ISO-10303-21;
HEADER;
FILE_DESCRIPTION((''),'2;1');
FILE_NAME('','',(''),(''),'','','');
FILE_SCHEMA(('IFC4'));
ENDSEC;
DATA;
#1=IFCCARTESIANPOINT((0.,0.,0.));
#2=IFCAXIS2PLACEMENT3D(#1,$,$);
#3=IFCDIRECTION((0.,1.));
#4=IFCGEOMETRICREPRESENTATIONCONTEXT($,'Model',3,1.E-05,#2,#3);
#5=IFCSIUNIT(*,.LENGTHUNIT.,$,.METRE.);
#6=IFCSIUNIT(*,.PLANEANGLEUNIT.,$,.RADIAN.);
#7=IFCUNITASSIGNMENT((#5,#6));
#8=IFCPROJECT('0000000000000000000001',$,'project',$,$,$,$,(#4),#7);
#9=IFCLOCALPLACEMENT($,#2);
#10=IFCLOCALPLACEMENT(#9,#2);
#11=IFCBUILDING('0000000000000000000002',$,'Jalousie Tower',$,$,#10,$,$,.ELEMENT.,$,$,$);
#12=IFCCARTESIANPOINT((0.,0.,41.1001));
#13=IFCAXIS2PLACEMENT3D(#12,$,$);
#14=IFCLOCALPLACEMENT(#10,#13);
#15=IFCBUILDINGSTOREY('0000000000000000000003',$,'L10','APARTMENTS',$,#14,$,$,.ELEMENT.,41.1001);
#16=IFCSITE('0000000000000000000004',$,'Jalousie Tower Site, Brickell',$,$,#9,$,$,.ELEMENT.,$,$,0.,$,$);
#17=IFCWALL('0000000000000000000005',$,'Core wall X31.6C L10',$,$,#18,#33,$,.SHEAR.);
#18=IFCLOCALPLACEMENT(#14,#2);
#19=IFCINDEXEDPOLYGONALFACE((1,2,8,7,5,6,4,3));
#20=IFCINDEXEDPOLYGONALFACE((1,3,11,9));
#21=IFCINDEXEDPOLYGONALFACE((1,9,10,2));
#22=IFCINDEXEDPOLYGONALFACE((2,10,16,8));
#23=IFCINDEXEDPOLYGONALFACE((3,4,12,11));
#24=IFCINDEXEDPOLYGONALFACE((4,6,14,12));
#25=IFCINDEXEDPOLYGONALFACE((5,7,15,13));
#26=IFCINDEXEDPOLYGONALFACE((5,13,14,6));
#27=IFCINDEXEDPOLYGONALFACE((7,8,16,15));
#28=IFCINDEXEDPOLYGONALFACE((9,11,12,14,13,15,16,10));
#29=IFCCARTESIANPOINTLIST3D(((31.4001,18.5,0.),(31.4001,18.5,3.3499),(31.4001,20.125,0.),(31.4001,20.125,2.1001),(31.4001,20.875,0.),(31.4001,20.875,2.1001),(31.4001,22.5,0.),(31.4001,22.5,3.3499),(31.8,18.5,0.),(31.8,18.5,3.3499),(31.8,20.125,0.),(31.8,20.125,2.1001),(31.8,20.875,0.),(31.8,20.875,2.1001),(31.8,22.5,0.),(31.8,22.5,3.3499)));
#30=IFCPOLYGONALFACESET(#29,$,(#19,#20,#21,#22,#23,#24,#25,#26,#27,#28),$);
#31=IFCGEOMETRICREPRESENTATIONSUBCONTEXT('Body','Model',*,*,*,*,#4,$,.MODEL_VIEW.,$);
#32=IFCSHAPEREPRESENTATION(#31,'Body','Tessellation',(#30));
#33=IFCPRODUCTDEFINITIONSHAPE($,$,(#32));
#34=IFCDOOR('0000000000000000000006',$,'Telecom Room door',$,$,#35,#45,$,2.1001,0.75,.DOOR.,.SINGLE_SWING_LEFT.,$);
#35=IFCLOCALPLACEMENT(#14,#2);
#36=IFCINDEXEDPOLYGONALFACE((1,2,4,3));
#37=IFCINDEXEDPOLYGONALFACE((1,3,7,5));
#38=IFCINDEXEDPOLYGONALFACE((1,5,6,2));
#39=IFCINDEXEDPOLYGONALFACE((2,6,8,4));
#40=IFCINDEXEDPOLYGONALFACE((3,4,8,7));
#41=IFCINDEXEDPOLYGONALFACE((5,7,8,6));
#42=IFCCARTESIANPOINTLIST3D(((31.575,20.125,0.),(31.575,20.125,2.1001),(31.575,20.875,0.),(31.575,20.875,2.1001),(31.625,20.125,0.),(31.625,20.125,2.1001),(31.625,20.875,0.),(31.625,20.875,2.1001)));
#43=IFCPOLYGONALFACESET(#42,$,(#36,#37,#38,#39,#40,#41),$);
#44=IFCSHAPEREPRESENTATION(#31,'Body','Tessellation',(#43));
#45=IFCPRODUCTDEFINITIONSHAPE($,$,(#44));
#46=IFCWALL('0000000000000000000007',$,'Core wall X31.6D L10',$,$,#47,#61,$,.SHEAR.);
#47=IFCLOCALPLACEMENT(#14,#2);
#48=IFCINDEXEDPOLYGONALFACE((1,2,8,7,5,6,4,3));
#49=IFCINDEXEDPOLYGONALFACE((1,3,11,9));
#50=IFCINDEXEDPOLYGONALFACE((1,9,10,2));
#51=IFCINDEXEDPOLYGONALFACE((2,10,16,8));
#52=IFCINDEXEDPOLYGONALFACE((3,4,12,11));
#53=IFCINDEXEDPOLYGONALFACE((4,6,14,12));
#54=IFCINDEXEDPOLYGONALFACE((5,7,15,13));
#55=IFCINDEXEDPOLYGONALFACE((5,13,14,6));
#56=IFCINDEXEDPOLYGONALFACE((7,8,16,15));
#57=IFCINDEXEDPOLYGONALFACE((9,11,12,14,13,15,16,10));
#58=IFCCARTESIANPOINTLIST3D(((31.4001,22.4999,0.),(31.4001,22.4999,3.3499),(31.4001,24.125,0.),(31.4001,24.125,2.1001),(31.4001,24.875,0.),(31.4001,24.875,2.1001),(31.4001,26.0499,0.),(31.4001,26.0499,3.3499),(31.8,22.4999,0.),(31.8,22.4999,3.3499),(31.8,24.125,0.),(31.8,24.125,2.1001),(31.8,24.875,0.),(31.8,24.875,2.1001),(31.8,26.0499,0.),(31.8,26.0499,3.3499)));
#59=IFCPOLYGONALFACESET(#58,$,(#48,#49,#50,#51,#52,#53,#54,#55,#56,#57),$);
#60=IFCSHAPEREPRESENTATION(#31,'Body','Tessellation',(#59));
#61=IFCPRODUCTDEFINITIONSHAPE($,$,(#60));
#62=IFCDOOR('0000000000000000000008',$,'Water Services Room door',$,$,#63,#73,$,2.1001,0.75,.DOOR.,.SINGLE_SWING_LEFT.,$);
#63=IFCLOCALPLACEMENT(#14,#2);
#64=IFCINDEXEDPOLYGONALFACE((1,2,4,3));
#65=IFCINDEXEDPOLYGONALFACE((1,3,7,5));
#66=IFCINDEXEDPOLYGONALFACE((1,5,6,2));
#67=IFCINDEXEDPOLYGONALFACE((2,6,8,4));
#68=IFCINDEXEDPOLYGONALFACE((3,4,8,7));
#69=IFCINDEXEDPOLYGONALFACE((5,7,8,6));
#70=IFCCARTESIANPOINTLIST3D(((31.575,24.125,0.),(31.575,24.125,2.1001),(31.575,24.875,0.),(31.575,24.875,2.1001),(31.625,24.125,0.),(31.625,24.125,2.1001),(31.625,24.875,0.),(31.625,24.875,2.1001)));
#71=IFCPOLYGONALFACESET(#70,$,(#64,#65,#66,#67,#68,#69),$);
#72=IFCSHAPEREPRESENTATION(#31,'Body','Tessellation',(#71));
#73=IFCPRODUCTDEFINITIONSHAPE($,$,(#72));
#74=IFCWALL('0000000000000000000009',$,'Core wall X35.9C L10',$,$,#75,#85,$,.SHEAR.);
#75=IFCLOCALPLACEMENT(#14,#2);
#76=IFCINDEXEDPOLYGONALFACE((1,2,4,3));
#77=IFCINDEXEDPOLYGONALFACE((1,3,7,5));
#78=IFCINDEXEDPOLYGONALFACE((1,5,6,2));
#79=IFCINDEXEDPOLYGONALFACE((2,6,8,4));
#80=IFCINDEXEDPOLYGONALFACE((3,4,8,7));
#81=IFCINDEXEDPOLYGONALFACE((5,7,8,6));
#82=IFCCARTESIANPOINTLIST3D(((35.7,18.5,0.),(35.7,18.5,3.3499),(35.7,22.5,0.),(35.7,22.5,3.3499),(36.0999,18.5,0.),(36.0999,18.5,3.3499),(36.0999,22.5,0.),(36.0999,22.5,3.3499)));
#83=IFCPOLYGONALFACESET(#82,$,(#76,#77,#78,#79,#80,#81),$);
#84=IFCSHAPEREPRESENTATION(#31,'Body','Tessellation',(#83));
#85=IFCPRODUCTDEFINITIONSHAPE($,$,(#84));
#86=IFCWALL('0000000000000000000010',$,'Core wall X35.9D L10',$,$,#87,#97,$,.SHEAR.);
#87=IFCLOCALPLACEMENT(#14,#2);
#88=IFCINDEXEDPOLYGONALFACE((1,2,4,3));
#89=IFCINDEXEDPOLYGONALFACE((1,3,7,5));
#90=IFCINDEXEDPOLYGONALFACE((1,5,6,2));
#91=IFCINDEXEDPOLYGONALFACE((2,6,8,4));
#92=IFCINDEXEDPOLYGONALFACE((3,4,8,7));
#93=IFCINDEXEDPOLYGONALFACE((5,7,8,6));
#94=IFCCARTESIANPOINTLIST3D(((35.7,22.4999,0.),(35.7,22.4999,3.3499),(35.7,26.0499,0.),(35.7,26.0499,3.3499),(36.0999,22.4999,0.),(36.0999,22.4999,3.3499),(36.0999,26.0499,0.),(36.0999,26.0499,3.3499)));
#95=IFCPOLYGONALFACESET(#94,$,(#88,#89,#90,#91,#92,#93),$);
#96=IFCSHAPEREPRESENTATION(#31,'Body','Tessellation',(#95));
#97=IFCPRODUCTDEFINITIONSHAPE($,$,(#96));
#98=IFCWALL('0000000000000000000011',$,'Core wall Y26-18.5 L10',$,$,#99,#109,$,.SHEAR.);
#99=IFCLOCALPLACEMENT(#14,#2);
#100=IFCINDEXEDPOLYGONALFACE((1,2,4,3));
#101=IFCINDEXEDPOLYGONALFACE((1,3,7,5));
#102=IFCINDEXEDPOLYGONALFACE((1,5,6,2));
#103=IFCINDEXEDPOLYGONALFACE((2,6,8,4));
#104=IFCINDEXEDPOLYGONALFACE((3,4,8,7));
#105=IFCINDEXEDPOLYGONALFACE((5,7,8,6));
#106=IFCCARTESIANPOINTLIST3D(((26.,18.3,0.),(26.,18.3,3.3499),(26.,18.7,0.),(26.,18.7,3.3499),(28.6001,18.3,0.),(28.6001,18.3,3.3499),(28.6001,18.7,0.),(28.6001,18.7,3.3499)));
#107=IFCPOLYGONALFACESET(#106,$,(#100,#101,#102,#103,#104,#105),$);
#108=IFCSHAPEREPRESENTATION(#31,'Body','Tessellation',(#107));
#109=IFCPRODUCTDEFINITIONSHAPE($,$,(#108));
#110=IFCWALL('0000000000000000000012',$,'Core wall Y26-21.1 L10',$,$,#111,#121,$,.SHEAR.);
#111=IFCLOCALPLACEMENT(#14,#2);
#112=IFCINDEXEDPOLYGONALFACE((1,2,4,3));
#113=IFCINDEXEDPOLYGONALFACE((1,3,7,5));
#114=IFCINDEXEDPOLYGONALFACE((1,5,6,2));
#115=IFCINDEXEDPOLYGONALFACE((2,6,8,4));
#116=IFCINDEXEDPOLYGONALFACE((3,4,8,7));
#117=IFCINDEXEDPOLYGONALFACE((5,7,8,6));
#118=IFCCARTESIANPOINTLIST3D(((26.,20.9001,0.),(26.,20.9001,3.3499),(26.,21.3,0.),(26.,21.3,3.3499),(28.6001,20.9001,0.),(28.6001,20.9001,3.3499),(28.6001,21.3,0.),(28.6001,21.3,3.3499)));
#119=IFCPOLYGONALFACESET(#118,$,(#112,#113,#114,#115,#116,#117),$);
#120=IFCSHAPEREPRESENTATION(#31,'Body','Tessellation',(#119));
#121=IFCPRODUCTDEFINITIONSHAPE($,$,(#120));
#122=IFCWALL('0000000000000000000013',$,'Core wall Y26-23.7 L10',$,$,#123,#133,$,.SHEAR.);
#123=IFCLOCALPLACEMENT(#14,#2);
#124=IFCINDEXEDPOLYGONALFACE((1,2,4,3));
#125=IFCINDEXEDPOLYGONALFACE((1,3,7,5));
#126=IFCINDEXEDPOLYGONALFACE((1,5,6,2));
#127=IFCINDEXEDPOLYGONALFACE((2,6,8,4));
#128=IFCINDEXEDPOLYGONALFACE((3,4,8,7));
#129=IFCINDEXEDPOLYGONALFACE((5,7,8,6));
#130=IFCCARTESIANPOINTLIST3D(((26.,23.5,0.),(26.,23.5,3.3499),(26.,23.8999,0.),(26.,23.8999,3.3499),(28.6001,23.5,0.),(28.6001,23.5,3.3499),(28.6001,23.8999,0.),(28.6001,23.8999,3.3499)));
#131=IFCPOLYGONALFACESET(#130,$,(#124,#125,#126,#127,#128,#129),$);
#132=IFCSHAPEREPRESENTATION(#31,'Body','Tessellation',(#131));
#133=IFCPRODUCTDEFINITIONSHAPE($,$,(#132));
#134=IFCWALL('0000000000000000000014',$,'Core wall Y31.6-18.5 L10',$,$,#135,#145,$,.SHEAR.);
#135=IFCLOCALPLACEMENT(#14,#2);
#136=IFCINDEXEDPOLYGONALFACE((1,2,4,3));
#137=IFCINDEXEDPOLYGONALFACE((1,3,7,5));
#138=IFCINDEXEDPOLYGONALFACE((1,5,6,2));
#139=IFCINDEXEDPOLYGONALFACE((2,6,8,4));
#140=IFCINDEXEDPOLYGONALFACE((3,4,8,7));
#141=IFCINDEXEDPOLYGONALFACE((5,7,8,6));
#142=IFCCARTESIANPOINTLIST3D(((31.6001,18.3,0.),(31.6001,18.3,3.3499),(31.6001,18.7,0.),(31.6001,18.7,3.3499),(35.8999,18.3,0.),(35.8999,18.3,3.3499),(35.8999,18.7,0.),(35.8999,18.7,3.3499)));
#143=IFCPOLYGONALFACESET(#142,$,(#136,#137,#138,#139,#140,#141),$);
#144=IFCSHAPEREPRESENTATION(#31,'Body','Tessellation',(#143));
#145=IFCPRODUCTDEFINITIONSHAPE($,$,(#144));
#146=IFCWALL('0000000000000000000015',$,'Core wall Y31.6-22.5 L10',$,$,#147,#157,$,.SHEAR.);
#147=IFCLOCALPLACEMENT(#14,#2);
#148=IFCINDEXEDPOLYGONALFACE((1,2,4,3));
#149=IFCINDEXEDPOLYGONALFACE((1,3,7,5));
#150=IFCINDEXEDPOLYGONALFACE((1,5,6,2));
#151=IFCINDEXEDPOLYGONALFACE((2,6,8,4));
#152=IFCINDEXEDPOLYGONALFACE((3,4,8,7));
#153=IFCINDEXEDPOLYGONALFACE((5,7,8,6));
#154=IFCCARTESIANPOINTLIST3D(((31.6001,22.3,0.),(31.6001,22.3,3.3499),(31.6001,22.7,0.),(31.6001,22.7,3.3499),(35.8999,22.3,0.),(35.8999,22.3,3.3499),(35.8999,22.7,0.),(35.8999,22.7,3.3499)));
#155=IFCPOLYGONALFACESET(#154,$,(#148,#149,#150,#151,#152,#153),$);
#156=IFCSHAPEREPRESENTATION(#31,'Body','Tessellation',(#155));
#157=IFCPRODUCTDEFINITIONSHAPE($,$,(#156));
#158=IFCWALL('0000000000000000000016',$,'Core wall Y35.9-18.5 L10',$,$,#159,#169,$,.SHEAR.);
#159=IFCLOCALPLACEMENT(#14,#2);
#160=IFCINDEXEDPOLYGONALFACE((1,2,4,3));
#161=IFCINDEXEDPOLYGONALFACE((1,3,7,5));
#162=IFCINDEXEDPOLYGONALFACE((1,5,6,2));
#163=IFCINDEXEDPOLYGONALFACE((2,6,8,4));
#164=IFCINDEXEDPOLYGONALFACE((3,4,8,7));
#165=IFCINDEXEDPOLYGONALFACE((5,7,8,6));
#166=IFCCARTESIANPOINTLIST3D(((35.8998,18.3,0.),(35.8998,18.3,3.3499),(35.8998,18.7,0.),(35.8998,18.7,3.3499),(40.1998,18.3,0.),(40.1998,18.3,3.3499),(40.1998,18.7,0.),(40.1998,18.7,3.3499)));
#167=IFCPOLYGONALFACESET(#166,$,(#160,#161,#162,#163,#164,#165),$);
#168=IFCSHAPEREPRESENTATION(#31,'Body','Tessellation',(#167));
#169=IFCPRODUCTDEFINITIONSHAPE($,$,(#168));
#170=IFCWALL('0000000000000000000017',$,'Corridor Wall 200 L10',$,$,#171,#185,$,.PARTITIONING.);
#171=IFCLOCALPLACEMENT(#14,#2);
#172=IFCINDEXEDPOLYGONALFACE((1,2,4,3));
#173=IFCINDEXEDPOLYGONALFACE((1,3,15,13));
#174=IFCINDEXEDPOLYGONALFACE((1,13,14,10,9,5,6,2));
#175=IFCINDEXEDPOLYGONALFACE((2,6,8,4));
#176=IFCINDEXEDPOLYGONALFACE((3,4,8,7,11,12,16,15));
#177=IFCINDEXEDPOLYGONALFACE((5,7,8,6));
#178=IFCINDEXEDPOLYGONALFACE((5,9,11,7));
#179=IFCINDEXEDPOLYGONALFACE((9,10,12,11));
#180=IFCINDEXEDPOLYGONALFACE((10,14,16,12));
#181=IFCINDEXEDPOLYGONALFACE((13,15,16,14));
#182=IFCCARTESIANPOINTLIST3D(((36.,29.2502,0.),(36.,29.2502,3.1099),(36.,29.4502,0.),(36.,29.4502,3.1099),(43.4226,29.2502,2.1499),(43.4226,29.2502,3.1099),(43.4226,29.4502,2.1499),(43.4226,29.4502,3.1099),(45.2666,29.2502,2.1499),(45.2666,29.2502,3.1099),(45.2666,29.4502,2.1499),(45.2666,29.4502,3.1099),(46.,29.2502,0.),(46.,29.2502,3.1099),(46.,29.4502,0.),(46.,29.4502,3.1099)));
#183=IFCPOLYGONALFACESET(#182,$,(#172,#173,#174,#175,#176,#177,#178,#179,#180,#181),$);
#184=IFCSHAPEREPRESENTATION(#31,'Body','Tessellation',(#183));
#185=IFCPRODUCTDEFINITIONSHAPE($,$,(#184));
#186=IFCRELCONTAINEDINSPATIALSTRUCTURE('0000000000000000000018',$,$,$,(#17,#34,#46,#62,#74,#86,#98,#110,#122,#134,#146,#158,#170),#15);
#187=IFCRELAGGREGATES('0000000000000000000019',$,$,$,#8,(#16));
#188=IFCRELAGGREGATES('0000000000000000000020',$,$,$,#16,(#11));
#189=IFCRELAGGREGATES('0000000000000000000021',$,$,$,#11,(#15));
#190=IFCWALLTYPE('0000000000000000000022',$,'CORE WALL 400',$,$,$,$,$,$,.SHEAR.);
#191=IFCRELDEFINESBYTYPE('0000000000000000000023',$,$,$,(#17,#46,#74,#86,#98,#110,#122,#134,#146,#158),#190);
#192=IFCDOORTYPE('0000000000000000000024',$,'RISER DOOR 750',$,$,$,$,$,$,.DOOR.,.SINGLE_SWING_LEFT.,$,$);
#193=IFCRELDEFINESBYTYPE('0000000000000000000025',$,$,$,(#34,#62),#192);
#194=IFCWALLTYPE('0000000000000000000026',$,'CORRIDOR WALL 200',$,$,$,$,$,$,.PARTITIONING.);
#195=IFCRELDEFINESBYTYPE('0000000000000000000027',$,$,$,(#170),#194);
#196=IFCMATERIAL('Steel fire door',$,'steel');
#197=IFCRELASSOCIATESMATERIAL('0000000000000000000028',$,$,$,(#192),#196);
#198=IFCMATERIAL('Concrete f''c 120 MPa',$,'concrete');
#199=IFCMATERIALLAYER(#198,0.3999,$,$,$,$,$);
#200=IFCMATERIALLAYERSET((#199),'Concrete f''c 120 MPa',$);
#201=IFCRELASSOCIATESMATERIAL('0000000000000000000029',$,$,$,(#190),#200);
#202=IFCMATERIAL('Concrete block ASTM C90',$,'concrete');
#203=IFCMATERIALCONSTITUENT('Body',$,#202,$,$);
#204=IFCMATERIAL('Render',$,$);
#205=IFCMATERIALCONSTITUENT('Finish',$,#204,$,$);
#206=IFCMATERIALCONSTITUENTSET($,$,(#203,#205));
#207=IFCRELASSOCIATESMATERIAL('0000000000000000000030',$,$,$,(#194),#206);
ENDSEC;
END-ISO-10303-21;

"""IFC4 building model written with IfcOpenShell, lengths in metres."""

from ifc_helpers import new_model, si_unit, direction, frame, frame_2d, origin, place, context, subcontext, project, spatial, polyline, rectangle, outline, extrude, material, layer, layer_set, constituent, constituent_set, type_object, element, fill, save


model = new_model("IFC4")

# Units and contexts
model_context = context("Model", 3, precision=1e-05, world=origin(), true_north=direction((0.0, 1.0)))
body_context = subcontext(model_context, "Body", "Model", "MODEL_VIEW")
ifc_project = project(units=[si_unit("LENGTHUNIT", "METRE"), si_unit("PLANEANGLEUNIT", "RADIAN")], contexts=[model_context])

# Site, building, storey
site_placement = place(None, origin())
site = spatial("IfcSite", under=ifc_project, at=site_placement, Name="Jalousie Tower Site, Brickell", CompositionType="ELEMENT", RefElevation=0.0)
building_placement = place(site_placement, origin())
building = spatial("IfcBuilding", under=site, at=building_placement, Name="Jalousie Tower", CompositionType="ELEMENT")
storey_placement = place(building_placement, frame((0.0, 0.0, 41.1001)))
storey = spatial("IfcBuildingStorey", under=building, at=storey_placement, Name="L10", Description="APARTMENTS", CompositionType="ELEMENT", Elevation=41.1001)

# Shared definitions
ifc_material_1 = material(Name="Steel fire door", Category="steel")
door_type_1 = type_object("IfcDoorType", Name="RISER DOOR 750", OperationType="SINGLE_SWING_LEFT", PredefinedType="DOOR", material=ifc_material_1)

# Shared definitions
ifc_material_2 = material(Name="Concrete f'c 120 MPa", Category="concrete")
ifc_layer_1 = layer(ifc_material_2, 0.3999)
ifc_layer_set_1 = layer_set([ifc_layer_1], Name="Concrete f'c 120 MPa")
wall_type_1 = type_object("IfcWallType", Name="CORE WALL 400", PredefinedType="SHEAR", material=ifc_layer_set_1)

# Walls, openings, doors
wall_1_placement = place(storey_placement, frame((31.6001, 18.5, 0.0), z_axis=(0.0, 0.0, 1.0), x_axis=(0.0, 1.0, 0.0)))
wall_1 = element("IfcWall", 1, at=wall_1_placement, inside=storey, type_object=wall_type_1, Name="Core wall X31.6C L10", PredefinedType="SHEAR", context=body_context, shape_type="SweptSolid", body=[
    extrude(rectangle(XDim=4.0, YDim=0.3999, at=frame_2d((2.0, 0.0))), origin(), (0.0, 0.0, 1.0), 3.3499),
])
opening_1_placement = place(wall_1_placement, frame((1.625, 0.0, 0.0)))
opening_1 = element("IfcOpeningElement", 2, at=opening_1_placement, cuts=wall_1, PredefinedType="OPENING", context=body_context, shape_type="SweptSolid", body=[
    extrude(rectangle(XDim=0.75, YDim=2.1001, at=frame_2d((0.375, 1.05))), frame((0.0, 0.21, 0.0), z_axis=(0.0, -1.0, 0.0), x_axis=(1.0, 0.0, 0.0)), (0.0, 0.0, 1.0), 0.4199),
])
door_1_placement = place(opening_1_placement, frame((0.75, 0.0, 0.0), z_axis=(0.0, 0.0, 1.0), x_axis=(-1.0, 0.0, 0.0)))
door_1 = element("IfcDoor", 3, at=door_1_placement, inside=storey, type_object=door_type_1, Name="Telecom Room door", OperationType="SINGLE_SWING_LEFT", OverallHeight=2.1001, OverallWidth=0.75, PredefinedType="DOOR", context=body_context, shape_type="SweptSolid", body=[
    extrude(rectangle(XDim=0.75, YDim=2.1001, at=frame_2d((0.375, 1.05))), frame((0.0, 0.0249, 0.0), z_axis=(0.0, -1.0, 0.0), x_axis=(1.0, 0.0, 0.0)), (0.0, 0.0, 1.0), 0.05),
])
fill(opening_1, door_1)
wall_2_placement = place(storey_placement, frame((31.6001, 22.5, 0.0), z_axis=(0.0, 0.0, 1.0), x_axis=(0.0, 1.0, 0.0)))
wall_2 = element("IfcWall", 4, at=wall_2_placement, inside=storey, type_object=wall_type_1, Name="Core wall X31.6D L10", PredefinedType="SHEAR", context=body_context, shape_type="SweptSolid", body=[
    extrude(rectangle(XDim=3.55, YDim=0.3999, at=frame_2d((1.7749, 0.0))), origin(), (0.0, 0.0, 1.0), 3.3499),
])
opening_2_placement = place(wall_2_placement, frame((1.625, 0.0, 0.0)))
opening_2 = element("IfcOpeningElement", 5, at=opening_2_placement, cuts=wall_2, PredefinedType="OPENING", context=body_context, shape_type="SweptSolid", body=[
    extrude(rectangle(XDim=0.75, YDim=2.1001, at=frame_2d((0.375, 1.05))), frame((0.0, 0.21, 0.0), z_axis=(0.0, -1.0, 0.0), x_axis=(1.0, 0.0, 0.0)), (0.0, 0.0, 1.0), 0.4199),
])
door_2_placement = place(opening_2_placement, frame((0.75, 0.0, 0.0), z_axis=(0.0, 0.0, 1.0), x_axis=(-1.0, 0.0, 0.0)))
door_2 = element("IfcDoor", 6, at=door_2_placement, inside=storey, type_object=door_type_1, Name="Water Services Room door", OperationType="SINGLE_SWING_LEFT", OverallHeight=2.1001, OverallWidth=0.75, PredefinedType="DOOR", context=body_context, shape_type="SweptSolid", body=[
    extrude(rectangle(XDim=0.75, YDim=2.1001, at=frame_2d((0.375, 1.05))), frame((0.0, 0.0249, 0.0), z_axis=(0.0, -1.0, 0.0), x_axis=(1.0, 0.0, 0.0)), (0.0, 0.0, 1.0), 0.05),
])
fill(opening_2, door_2)

# Walls
wall_3_placement = place(storey_placement, frame((35.8999, 18.5, 0.0), z_axis=(0.0, 0.0, 1.0), x_axis=(0.0, 1.0, 0.0)))
element("IfcWall", 7, at=wall_3_placement, inside=storey, type_object=wall_type_1, Name="Core wall X35.9C L10", PredefinedType="SHEAR", context=body_context, shape_type="SweptSolid", body=[
    extrude(rectangle(XDim=4.0, YDim=0.3999, at=frame_2d((2.0, 0.0))), origin(), (0.0, 0.0, 1.0), 3.3499),
])
wall_4_placement = place(storey_placement, frame((35.8999, 22.5, 0.0), z_axis=(0.0, 0.0, 1.0), x_axis=(0.0, 1.0, 0.0)))
element("IfcWall", 8, at=wall_4_placement, inside=storey, type_object=wall_type_1, Name="Core wall X35.9D L10", PredefinedType="SHEAR", context=body_context, shape_type="SweptSolid", body=[
    extrude(rectangle(XDim=3.55, YDim=0.3999, at=frame_2d((1.7749, 0.0))), origin(), (0.0, 0.0, 1.0), 3.3499),
])
for number, where, z_axis, x_axis, name in (
    (9, (26.0, 18.5, 0.0), (0.0, 0.0, 1.0), (1.0, 0.0, 0.0), "Core wall Y26-18.5 L10"),
    (10, (26.0, 21.1001, 0.0), (0.0, 0.0, 1.0), (1.0, 0.0, 0.0), "Core wall Y26-21.1 L10"),
    (11, (26.0, 23.7, 0.0), (0.0, 0.0, 1.0), (1.0, 0.0, 0.0), "Core wall Y26-23.7 L10"),
):
    element("IfcWall", number, at=place(storey_placement, frame(where, z_axis=z_axis, x_axis=x_axis)), inside=storey, type_object=wall_type_1, Name=name, PredefinedType="SHEAR", context=body_context, shape_type="SweptSolid", body=[
        extrude(rectangle(XDim=2.6001, YDim=0.3999, at=frame_2d((1.3, 0.0))), origin(), (0.0, 0.0, 1.0), 3.3499),
    ])
for number, where, z_axis, x_axis, name in (
    (12, (31.6001, 18.5, 0.0), (0.0, 0.0, 1.0), (1.0, 0.0, 0.0), "Core wall Y31.6-18.5 L10"),
    (13, (31.6001, 22.5, 0.0), (0.0, 0.0, 1.0), (1.0, 0.0, 0.0), "Core wall Y31.6-22.5 L10"),
):
    element("IfcWall", number, at=place(storey_placement, frame(where, z_axis=z_axis, x_axis=x_axis)), inside=storey, type_object=wall_type_1, Name=name, PredefinedType="SHEAR", context=body_context, shape_type="SweptSolid", body=[
        extrude(rectangle(XDim=4.2998, YDim=0.3999, at=frame_2d((2.1499, 0.0))), origin(), (0.0, 0.0, 1.0), 3.3499),
    ])
wall_5_placement = place(storey_placement, frame((35.8999, 18.5, 0.0), z_axis=(0.0, 0.0, 1.0), x_axis=(1.0, 0.0, 0.0)))
element("IfcWall", 14, at=wall_5_placement, inside=storey, type_object=wall_type_1, Name="Core wall Y35.9-18.5 L10", PredefinedType="SHEAR", context=body_context, shape_type="SweptSolid", body=[
    extrude(rectangle(XDim=4.3, YDim=0.3999, at=frame_2d((2.1499, 0.0))), origin(), (0.0, 0.0, 1.0), 3.3499),
])
ifc_material_3 = material(Name="Concrete block ASTM C90", Category="concrete")
ifc_constituent_1 = constituent(ifc_material_3, Name="Body")
ifc_material_4 = material(Name="Render")
ifc_constituent_2 = constituent(ifc_material_4, Name="Finish")
ifc_constituent_set_1 = constituent_set(constituents=[ifc_constituent_1, ifc_constituent_2])
wall_type_2 = type_object("IfcWallType", Name="CORRIDOR WALL 200", PredefinedType="PARTITIONING", material=ifc_constituent_set_1)
wall_6_placement = place(storey_placement, frame((36.0, 29.3501, 0.0), z_axis=(0.0, 0.0, 1.0), x_axis=(1.0, 0.0, 0.0)))
element("IfcWall", 15, at=wall_6_placement, inside=storey, type_object=wall_type_2, Name="Corridor Wall 200 L10", PredefinedType="PARTITIONING", context=body_context, shape_type="SweptSolid", body=[
    extrude(outline(polyline([(0.0, 0.0), (10.0, 0.0), (10.0, 3.1099), (9.2666, 3.1099), (9.2666, 2.1499), (7.4226, 2.1499), (7.4226, 3.1099), (0.0, 3.1099), (0.0, 0.0)])), frame((0.0, 0.1001, 0.0), z_axis=(0.0, -1.0, 0.0), x_axis=(1.0, 0.0, 0.0)), (0.0, 0.0, 1.0), 0.2),
])

save(model, "model.ifc")
